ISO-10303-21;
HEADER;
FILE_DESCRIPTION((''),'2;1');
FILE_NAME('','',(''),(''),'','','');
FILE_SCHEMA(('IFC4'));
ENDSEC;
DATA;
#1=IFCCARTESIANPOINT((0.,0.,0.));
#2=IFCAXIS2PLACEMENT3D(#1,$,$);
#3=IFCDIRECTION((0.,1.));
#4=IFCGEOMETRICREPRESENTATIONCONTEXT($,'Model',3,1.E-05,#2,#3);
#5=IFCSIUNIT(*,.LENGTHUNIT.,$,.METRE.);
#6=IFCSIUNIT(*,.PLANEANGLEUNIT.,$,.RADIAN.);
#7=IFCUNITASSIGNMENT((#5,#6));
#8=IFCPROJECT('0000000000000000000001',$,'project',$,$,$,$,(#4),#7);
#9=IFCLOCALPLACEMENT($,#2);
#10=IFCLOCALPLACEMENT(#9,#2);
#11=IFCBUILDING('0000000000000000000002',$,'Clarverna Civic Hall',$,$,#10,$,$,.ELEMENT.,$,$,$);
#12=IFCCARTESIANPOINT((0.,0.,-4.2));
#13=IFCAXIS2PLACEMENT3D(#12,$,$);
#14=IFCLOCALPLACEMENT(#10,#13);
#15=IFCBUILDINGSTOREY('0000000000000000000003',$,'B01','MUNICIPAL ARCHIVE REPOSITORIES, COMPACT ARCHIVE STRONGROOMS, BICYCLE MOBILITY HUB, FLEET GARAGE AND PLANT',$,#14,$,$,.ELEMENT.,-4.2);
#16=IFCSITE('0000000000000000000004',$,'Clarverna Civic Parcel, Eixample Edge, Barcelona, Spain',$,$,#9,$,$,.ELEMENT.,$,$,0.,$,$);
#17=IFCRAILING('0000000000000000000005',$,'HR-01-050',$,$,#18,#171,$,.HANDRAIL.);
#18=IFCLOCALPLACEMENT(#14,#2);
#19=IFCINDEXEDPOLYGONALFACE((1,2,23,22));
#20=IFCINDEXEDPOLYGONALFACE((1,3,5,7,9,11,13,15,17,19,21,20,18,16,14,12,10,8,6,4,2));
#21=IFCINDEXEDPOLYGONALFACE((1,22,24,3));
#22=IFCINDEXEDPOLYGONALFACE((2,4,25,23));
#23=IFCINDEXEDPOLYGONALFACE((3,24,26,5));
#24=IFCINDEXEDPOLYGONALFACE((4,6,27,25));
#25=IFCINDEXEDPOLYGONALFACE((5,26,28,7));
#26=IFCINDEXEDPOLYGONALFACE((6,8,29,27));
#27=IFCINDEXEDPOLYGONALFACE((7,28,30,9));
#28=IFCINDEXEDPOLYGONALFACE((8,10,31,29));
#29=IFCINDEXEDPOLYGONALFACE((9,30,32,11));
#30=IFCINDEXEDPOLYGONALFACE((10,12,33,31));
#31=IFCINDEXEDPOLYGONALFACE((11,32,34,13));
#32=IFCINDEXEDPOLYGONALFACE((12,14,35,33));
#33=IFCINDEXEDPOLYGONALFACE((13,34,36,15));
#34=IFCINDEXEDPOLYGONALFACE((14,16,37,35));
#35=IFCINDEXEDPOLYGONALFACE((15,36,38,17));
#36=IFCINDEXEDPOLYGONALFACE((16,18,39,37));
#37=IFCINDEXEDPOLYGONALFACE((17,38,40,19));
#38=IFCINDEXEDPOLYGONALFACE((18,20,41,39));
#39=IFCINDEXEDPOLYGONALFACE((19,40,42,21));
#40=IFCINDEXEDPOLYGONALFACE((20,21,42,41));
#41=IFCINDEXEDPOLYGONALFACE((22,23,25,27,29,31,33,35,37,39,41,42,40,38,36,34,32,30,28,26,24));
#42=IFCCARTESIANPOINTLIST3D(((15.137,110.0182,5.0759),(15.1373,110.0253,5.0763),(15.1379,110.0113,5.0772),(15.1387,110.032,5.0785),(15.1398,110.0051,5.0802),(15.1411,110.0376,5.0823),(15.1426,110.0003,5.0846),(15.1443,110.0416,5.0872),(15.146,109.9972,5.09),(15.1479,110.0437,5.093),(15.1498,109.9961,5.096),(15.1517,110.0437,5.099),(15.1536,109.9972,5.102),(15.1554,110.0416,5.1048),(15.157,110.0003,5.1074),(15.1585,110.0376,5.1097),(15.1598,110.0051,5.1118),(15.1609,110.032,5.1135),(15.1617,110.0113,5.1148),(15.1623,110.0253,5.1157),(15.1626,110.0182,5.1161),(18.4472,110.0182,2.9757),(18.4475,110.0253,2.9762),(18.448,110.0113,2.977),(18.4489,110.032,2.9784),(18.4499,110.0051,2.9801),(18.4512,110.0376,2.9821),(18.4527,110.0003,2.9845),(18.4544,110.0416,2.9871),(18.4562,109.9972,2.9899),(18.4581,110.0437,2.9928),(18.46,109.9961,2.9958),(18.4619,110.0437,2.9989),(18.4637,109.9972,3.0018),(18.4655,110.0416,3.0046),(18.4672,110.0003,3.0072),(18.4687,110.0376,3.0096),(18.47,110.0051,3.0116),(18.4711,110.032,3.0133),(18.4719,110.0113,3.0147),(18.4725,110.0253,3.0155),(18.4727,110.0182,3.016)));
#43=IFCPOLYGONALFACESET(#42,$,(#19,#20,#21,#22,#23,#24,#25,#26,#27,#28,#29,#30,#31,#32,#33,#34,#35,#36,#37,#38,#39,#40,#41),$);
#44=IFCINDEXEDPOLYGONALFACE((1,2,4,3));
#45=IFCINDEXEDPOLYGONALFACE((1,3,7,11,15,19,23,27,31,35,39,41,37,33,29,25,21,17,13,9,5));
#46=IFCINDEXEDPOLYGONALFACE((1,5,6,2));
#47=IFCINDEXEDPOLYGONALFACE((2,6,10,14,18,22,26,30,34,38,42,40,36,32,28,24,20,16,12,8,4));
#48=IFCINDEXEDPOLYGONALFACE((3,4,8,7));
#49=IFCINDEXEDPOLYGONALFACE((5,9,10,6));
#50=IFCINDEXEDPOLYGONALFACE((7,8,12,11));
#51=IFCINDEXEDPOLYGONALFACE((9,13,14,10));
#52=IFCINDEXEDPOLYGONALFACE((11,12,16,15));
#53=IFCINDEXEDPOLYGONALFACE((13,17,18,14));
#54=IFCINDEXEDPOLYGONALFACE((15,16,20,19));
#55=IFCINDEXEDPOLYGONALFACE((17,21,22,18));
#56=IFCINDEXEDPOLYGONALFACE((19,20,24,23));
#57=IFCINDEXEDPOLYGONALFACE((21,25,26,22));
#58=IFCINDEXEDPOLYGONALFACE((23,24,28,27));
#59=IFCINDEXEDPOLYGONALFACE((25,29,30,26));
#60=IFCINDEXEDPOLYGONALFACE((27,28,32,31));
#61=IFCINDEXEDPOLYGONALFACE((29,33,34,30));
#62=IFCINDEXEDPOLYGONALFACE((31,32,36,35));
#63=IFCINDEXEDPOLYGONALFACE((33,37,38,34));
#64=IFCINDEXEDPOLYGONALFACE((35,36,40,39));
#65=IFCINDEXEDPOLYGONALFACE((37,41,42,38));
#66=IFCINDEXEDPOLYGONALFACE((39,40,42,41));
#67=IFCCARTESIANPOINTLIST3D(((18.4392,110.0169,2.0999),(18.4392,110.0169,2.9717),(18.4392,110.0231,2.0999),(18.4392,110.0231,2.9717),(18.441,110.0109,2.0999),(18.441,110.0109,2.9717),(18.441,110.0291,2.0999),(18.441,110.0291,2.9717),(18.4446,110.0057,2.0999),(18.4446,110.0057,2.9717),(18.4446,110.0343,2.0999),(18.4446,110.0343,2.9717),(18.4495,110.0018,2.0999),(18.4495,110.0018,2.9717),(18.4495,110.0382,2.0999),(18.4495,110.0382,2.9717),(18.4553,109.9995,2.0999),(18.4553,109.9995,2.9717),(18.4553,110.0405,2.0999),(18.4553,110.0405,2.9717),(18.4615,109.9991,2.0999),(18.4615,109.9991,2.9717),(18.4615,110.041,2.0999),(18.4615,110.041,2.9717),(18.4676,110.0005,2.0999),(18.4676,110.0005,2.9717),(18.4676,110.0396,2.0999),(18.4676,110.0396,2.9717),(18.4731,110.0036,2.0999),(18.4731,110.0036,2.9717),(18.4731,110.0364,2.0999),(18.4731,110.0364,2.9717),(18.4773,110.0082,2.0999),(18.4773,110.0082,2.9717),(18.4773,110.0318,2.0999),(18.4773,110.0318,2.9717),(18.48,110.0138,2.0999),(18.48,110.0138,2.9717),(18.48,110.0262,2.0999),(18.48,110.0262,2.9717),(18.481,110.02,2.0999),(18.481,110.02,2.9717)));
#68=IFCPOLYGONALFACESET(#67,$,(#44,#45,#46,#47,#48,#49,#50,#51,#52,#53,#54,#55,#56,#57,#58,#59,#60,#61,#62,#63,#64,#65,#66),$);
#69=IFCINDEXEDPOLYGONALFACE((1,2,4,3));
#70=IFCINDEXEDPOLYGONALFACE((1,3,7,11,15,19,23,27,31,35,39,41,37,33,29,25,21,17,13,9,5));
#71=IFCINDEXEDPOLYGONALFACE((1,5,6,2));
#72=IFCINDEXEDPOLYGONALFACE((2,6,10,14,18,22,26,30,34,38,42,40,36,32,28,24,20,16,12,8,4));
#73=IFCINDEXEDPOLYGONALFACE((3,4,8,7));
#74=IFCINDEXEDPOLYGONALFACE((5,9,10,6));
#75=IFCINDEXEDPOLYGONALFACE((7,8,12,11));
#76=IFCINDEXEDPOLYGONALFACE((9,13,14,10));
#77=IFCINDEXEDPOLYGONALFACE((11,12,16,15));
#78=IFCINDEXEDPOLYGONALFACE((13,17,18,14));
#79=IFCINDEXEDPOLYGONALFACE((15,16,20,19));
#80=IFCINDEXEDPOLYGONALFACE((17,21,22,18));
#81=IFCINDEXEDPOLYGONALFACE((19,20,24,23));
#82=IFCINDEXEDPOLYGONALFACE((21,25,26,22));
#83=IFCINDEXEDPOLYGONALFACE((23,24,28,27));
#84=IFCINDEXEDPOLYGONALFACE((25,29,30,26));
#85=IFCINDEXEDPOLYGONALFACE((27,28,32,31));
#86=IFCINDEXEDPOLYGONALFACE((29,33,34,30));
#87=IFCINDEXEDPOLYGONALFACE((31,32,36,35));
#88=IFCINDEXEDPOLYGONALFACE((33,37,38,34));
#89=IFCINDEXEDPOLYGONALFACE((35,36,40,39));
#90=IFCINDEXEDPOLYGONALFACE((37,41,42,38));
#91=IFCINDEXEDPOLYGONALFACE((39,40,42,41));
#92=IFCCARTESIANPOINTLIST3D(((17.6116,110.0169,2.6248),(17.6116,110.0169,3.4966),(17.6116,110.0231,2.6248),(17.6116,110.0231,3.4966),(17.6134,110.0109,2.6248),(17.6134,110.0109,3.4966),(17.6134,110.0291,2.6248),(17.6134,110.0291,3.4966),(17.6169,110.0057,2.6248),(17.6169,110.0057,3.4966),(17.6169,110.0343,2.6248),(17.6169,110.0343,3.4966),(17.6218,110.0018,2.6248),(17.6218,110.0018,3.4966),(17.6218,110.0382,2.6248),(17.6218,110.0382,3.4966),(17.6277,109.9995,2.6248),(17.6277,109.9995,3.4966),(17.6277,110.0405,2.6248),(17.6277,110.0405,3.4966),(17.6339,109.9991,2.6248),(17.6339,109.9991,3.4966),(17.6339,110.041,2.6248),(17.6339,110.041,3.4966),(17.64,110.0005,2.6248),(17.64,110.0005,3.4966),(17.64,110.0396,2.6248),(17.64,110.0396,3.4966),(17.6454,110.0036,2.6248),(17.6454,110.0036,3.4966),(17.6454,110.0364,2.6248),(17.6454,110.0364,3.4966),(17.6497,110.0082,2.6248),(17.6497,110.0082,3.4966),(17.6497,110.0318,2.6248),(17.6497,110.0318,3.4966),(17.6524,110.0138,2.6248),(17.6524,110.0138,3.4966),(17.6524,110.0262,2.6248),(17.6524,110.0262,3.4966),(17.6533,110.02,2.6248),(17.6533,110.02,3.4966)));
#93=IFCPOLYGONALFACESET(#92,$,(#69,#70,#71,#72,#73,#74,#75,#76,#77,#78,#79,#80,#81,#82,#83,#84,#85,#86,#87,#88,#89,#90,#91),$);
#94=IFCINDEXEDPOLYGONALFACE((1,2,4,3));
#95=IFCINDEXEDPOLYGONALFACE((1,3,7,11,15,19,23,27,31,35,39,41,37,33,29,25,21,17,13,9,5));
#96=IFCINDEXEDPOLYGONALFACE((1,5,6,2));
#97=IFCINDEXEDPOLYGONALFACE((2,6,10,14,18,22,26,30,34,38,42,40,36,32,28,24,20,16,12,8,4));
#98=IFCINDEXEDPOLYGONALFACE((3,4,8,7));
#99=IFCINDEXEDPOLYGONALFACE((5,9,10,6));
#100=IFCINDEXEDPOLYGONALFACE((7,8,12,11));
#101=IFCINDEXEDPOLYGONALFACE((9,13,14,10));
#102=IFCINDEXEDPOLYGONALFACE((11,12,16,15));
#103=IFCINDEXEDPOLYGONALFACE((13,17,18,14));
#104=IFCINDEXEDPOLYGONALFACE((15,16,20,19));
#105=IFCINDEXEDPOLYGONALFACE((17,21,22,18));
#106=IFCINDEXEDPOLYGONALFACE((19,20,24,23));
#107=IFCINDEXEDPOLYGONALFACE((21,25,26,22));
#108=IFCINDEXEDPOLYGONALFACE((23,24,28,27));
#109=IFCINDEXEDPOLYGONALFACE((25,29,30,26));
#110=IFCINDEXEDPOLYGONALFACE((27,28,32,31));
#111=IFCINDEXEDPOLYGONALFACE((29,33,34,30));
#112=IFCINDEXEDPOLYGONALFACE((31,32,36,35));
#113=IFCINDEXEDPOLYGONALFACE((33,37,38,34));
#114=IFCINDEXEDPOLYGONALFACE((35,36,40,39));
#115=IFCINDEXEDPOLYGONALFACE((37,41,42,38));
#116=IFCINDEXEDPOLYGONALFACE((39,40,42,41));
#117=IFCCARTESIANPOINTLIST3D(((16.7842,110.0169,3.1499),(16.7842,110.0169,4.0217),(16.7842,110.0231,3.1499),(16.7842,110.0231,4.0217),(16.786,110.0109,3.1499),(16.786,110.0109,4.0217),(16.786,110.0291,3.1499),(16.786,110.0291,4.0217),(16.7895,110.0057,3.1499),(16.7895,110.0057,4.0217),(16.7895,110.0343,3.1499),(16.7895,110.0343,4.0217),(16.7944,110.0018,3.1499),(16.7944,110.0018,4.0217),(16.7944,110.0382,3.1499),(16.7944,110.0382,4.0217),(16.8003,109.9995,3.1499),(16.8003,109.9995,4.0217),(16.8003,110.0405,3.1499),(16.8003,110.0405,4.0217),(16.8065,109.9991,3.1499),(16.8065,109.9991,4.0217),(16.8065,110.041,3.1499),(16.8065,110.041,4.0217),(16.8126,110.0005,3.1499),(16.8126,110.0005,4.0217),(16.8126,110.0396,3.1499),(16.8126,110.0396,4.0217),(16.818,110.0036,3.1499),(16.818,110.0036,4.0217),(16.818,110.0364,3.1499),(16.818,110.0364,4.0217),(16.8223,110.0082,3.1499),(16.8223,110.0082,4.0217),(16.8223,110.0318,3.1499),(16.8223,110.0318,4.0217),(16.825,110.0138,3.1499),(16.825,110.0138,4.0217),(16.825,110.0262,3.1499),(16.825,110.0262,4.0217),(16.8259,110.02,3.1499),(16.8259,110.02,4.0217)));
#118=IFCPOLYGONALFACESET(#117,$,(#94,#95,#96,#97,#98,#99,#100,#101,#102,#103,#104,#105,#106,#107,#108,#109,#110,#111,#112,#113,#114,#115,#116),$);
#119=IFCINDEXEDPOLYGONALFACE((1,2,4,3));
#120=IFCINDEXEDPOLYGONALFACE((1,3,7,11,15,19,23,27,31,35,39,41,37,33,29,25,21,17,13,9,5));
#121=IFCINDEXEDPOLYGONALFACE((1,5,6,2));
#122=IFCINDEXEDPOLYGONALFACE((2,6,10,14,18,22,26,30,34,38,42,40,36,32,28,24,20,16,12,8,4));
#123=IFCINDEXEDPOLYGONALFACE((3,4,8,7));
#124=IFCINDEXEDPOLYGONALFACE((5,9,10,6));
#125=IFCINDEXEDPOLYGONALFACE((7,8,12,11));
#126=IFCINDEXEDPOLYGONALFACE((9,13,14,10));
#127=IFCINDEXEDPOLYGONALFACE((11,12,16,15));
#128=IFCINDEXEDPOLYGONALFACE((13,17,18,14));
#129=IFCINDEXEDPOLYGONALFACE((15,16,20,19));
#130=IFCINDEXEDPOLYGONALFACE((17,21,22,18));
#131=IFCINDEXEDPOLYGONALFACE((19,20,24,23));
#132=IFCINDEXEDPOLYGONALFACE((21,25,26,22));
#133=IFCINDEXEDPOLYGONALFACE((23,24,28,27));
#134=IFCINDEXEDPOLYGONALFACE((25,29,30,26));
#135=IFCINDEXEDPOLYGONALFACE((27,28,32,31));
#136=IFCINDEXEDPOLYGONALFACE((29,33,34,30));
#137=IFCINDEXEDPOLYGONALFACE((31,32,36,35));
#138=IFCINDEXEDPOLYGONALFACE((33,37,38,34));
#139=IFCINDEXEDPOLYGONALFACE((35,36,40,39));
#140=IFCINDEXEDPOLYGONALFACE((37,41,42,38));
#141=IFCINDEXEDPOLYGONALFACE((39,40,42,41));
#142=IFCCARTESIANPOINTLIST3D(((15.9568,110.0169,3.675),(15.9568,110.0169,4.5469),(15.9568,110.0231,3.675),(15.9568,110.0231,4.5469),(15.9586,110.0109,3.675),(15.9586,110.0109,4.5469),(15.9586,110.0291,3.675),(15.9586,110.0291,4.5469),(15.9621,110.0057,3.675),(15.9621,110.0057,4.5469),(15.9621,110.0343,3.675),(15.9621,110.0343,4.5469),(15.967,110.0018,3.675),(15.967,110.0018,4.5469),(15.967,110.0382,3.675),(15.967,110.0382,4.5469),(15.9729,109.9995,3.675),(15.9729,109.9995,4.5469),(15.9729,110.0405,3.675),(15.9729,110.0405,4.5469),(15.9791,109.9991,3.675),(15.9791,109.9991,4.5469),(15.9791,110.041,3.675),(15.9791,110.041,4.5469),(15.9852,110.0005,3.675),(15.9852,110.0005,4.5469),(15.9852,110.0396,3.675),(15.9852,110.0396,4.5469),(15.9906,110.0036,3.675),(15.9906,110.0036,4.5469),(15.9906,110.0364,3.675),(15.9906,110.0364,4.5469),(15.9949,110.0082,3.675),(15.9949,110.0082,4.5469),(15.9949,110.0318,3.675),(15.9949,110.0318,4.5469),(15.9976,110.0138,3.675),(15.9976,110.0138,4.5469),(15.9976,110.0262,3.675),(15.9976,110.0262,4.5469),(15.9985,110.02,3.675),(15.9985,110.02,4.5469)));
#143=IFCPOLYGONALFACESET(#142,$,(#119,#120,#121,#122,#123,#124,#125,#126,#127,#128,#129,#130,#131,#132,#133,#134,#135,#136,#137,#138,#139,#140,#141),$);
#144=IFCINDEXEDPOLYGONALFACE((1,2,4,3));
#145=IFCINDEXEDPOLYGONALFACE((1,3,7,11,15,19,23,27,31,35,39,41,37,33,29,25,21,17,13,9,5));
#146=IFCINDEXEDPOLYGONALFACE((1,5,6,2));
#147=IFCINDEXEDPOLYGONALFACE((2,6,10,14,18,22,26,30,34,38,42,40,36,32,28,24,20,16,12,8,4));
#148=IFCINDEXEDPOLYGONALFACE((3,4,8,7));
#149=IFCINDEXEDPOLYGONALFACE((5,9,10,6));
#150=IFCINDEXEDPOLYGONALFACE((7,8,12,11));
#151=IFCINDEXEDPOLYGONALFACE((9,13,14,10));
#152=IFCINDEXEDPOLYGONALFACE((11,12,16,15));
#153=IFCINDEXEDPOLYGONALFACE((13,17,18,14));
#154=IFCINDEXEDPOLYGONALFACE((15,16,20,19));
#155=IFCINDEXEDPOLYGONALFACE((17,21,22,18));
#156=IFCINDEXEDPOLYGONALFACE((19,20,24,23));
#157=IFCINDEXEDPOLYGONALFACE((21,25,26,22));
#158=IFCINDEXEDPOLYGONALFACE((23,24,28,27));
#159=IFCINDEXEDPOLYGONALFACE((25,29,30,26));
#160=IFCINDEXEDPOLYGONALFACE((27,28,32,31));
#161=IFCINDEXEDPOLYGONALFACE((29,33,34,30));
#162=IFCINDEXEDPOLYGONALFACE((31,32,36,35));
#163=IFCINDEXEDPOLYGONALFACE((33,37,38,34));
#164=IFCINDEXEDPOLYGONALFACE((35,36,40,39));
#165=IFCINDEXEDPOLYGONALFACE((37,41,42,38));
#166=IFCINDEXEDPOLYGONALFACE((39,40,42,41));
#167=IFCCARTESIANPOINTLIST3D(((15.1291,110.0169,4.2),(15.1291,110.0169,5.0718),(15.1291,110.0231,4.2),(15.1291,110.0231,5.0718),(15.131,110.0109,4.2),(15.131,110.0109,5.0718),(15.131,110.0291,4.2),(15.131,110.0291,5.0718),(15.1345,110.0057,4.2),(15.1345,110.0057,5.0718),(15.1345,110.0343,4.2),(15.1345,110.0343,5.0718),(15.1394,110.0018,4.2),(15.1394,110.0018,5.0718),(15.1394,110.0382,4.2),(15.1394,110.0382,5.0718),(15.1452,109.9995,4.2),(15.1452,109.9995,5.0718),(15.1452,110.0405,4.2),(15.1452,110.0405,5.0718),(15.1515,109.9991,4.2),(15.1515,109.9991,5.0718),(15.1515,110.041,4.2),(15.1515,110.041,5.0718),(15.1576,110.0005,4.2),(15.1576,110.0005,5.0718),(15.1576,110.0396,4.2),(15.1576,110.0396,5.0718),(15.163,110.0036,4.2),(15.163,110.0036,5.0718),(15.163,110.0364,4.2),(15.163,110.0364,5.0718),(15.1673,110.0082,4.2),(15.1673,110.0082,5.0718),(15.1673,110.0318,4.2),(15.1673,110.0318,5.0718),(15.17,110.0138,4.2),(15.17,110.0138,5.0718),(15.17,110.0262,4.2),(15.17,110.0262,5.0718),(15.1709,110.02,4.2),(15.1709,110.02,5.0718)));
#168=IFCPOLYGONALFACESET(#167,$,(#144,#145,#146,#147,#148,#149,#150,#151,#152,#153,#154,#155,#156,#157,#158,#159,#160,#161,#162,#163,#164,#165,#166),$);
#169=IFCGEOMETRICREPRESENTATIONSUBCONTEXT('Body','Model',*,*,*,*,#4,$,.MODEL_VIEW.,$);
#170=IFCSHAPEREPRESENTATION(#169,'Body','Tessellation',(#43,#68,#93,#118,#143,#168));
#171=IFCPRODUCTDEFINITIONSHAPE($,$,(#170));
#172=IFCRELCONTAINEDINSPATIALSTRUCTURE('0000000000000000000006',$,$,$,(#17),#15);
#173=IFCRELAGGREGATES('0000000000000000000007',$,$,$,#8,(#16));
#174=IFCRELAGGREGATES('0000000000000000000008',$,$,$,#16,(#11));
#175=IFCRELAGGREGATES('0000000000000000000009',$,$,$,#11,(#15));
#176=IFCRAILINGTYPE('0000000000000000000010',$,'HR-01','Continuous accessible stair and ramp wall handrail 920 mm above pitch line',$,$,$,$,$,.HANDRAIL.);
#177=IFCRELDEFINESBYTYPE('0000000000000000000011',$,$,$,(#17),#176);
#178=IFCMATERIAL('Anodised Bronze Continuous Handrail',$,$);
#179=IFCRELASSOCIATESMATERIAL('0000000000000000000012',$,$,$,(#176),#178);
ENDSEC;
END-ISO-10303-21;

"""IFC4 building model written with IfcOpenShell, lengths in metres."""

from ifc_helpers import new_model, si_unit, direction, frame, origin, origin_2d, place, context, subcontext, project, spatial, circle, extrude, material, type_object, element, save


model = new_model("IFC4")

# Units and contexts
model_context = context("Model", 3, precision=1e-05, world=origin(), true_north=direction((0.0, 1.0)))
body_context = subcontext(model_context, "Body", "Model", "MODEL_VIEW")
ifc_project = project(units=[si_unit("LENGTHUNIT", "METRE"), si_unit("PLANEANGLEUNIT", "RADIAN")], contexts=[model_context])

# Site, building, storey
site_placement = place(None, origin())
site = spatial("IfcSite", under=ifc_project, at=site_placement, Name="Clarverna Civic Parcel, Eixample Edge, Barcelona, Spain", CompositionType="ELEMENT", RefElevation=0.0)
building_placement = place(site_placement, origin())
building = spatial("IfcBuilding", under=site, at=building_placement, Name="Clarverna Civic Hall", CompositionType="ELEMENT")
storey_placement = place(building_placement, frame((0.0, 0.0, -4.2)))
storey = spatial("IfcBuildingStorey", under=building, at=storey_placement, Name="B01", Description="MUNICIPAL ARCHIVE REPOSITORIES, COMPACT ARCHIVE STRONGROOMS, BICYCLE MOBILITY HUB, FLEET GARAGE AND PLANT", CompositionType="ELEMENT", Elevation=-4.2)

# Railing
ifc_material_1 = material(Name="Anodised Bronze Continuous Handrail")
railing_type_1 = type_object("IfcRailingType", Name="HR-01", Description="Continuous accessible stair and ramp wall handrail 920 mm above pitch line", PredefinedType="HANDRAIL", material=ifc_material_1)
railing_1_placement = place(storey_placement, frame((18.46, 110.02, 2.0999)))
element("IfcRailing", 1, at=railing_1_placement, inside=storey, type_object=railing_type_1, Name="HR-01-050", PredefinedType="HANDRAIL", context=body_context, shape_type="SweptSolid", body=[
    extrude(circle(Radius=0.0239, at=origin_2d()), frame((0.0, 0.0, 0.896), z_axis=(-0.844389, 0.0, 0.535731), x_axis=(0.0, -1.0, 0.0)), (0.0, 0.0, 1.0), 3.9202),
    extrude(circle(Radius=0.021, at=origin_2d()), origin(), (0.0, 0.0, 1.0), 0.8718),
    extrude(circle(Radius=0.021, at=origin_2d()), frame((-0.8276, 0.0, 0.5249)), (0.0, 0.0, 1.0), 0.8718),
    extrude(circle(Radius=0.021, at=origin_2d()), frame((-1.655, 0.0, 1.05)), (0.0, 0.0, 1.0), 0.8718),
    extrude(circle(Radius=0.021, at=origin_2d()), frame((-2.4824, 0.0, 1.5752)), (0.0, 0.0, 1.0), 0.8718),
    extrude(circle(Radius=0.021, at=origin_2d()), frame((-3.3101, 0.0, 2.1001)), (0.0, 0.0, 1.0), 0.8718),
])

save(model, "model.ifc")
